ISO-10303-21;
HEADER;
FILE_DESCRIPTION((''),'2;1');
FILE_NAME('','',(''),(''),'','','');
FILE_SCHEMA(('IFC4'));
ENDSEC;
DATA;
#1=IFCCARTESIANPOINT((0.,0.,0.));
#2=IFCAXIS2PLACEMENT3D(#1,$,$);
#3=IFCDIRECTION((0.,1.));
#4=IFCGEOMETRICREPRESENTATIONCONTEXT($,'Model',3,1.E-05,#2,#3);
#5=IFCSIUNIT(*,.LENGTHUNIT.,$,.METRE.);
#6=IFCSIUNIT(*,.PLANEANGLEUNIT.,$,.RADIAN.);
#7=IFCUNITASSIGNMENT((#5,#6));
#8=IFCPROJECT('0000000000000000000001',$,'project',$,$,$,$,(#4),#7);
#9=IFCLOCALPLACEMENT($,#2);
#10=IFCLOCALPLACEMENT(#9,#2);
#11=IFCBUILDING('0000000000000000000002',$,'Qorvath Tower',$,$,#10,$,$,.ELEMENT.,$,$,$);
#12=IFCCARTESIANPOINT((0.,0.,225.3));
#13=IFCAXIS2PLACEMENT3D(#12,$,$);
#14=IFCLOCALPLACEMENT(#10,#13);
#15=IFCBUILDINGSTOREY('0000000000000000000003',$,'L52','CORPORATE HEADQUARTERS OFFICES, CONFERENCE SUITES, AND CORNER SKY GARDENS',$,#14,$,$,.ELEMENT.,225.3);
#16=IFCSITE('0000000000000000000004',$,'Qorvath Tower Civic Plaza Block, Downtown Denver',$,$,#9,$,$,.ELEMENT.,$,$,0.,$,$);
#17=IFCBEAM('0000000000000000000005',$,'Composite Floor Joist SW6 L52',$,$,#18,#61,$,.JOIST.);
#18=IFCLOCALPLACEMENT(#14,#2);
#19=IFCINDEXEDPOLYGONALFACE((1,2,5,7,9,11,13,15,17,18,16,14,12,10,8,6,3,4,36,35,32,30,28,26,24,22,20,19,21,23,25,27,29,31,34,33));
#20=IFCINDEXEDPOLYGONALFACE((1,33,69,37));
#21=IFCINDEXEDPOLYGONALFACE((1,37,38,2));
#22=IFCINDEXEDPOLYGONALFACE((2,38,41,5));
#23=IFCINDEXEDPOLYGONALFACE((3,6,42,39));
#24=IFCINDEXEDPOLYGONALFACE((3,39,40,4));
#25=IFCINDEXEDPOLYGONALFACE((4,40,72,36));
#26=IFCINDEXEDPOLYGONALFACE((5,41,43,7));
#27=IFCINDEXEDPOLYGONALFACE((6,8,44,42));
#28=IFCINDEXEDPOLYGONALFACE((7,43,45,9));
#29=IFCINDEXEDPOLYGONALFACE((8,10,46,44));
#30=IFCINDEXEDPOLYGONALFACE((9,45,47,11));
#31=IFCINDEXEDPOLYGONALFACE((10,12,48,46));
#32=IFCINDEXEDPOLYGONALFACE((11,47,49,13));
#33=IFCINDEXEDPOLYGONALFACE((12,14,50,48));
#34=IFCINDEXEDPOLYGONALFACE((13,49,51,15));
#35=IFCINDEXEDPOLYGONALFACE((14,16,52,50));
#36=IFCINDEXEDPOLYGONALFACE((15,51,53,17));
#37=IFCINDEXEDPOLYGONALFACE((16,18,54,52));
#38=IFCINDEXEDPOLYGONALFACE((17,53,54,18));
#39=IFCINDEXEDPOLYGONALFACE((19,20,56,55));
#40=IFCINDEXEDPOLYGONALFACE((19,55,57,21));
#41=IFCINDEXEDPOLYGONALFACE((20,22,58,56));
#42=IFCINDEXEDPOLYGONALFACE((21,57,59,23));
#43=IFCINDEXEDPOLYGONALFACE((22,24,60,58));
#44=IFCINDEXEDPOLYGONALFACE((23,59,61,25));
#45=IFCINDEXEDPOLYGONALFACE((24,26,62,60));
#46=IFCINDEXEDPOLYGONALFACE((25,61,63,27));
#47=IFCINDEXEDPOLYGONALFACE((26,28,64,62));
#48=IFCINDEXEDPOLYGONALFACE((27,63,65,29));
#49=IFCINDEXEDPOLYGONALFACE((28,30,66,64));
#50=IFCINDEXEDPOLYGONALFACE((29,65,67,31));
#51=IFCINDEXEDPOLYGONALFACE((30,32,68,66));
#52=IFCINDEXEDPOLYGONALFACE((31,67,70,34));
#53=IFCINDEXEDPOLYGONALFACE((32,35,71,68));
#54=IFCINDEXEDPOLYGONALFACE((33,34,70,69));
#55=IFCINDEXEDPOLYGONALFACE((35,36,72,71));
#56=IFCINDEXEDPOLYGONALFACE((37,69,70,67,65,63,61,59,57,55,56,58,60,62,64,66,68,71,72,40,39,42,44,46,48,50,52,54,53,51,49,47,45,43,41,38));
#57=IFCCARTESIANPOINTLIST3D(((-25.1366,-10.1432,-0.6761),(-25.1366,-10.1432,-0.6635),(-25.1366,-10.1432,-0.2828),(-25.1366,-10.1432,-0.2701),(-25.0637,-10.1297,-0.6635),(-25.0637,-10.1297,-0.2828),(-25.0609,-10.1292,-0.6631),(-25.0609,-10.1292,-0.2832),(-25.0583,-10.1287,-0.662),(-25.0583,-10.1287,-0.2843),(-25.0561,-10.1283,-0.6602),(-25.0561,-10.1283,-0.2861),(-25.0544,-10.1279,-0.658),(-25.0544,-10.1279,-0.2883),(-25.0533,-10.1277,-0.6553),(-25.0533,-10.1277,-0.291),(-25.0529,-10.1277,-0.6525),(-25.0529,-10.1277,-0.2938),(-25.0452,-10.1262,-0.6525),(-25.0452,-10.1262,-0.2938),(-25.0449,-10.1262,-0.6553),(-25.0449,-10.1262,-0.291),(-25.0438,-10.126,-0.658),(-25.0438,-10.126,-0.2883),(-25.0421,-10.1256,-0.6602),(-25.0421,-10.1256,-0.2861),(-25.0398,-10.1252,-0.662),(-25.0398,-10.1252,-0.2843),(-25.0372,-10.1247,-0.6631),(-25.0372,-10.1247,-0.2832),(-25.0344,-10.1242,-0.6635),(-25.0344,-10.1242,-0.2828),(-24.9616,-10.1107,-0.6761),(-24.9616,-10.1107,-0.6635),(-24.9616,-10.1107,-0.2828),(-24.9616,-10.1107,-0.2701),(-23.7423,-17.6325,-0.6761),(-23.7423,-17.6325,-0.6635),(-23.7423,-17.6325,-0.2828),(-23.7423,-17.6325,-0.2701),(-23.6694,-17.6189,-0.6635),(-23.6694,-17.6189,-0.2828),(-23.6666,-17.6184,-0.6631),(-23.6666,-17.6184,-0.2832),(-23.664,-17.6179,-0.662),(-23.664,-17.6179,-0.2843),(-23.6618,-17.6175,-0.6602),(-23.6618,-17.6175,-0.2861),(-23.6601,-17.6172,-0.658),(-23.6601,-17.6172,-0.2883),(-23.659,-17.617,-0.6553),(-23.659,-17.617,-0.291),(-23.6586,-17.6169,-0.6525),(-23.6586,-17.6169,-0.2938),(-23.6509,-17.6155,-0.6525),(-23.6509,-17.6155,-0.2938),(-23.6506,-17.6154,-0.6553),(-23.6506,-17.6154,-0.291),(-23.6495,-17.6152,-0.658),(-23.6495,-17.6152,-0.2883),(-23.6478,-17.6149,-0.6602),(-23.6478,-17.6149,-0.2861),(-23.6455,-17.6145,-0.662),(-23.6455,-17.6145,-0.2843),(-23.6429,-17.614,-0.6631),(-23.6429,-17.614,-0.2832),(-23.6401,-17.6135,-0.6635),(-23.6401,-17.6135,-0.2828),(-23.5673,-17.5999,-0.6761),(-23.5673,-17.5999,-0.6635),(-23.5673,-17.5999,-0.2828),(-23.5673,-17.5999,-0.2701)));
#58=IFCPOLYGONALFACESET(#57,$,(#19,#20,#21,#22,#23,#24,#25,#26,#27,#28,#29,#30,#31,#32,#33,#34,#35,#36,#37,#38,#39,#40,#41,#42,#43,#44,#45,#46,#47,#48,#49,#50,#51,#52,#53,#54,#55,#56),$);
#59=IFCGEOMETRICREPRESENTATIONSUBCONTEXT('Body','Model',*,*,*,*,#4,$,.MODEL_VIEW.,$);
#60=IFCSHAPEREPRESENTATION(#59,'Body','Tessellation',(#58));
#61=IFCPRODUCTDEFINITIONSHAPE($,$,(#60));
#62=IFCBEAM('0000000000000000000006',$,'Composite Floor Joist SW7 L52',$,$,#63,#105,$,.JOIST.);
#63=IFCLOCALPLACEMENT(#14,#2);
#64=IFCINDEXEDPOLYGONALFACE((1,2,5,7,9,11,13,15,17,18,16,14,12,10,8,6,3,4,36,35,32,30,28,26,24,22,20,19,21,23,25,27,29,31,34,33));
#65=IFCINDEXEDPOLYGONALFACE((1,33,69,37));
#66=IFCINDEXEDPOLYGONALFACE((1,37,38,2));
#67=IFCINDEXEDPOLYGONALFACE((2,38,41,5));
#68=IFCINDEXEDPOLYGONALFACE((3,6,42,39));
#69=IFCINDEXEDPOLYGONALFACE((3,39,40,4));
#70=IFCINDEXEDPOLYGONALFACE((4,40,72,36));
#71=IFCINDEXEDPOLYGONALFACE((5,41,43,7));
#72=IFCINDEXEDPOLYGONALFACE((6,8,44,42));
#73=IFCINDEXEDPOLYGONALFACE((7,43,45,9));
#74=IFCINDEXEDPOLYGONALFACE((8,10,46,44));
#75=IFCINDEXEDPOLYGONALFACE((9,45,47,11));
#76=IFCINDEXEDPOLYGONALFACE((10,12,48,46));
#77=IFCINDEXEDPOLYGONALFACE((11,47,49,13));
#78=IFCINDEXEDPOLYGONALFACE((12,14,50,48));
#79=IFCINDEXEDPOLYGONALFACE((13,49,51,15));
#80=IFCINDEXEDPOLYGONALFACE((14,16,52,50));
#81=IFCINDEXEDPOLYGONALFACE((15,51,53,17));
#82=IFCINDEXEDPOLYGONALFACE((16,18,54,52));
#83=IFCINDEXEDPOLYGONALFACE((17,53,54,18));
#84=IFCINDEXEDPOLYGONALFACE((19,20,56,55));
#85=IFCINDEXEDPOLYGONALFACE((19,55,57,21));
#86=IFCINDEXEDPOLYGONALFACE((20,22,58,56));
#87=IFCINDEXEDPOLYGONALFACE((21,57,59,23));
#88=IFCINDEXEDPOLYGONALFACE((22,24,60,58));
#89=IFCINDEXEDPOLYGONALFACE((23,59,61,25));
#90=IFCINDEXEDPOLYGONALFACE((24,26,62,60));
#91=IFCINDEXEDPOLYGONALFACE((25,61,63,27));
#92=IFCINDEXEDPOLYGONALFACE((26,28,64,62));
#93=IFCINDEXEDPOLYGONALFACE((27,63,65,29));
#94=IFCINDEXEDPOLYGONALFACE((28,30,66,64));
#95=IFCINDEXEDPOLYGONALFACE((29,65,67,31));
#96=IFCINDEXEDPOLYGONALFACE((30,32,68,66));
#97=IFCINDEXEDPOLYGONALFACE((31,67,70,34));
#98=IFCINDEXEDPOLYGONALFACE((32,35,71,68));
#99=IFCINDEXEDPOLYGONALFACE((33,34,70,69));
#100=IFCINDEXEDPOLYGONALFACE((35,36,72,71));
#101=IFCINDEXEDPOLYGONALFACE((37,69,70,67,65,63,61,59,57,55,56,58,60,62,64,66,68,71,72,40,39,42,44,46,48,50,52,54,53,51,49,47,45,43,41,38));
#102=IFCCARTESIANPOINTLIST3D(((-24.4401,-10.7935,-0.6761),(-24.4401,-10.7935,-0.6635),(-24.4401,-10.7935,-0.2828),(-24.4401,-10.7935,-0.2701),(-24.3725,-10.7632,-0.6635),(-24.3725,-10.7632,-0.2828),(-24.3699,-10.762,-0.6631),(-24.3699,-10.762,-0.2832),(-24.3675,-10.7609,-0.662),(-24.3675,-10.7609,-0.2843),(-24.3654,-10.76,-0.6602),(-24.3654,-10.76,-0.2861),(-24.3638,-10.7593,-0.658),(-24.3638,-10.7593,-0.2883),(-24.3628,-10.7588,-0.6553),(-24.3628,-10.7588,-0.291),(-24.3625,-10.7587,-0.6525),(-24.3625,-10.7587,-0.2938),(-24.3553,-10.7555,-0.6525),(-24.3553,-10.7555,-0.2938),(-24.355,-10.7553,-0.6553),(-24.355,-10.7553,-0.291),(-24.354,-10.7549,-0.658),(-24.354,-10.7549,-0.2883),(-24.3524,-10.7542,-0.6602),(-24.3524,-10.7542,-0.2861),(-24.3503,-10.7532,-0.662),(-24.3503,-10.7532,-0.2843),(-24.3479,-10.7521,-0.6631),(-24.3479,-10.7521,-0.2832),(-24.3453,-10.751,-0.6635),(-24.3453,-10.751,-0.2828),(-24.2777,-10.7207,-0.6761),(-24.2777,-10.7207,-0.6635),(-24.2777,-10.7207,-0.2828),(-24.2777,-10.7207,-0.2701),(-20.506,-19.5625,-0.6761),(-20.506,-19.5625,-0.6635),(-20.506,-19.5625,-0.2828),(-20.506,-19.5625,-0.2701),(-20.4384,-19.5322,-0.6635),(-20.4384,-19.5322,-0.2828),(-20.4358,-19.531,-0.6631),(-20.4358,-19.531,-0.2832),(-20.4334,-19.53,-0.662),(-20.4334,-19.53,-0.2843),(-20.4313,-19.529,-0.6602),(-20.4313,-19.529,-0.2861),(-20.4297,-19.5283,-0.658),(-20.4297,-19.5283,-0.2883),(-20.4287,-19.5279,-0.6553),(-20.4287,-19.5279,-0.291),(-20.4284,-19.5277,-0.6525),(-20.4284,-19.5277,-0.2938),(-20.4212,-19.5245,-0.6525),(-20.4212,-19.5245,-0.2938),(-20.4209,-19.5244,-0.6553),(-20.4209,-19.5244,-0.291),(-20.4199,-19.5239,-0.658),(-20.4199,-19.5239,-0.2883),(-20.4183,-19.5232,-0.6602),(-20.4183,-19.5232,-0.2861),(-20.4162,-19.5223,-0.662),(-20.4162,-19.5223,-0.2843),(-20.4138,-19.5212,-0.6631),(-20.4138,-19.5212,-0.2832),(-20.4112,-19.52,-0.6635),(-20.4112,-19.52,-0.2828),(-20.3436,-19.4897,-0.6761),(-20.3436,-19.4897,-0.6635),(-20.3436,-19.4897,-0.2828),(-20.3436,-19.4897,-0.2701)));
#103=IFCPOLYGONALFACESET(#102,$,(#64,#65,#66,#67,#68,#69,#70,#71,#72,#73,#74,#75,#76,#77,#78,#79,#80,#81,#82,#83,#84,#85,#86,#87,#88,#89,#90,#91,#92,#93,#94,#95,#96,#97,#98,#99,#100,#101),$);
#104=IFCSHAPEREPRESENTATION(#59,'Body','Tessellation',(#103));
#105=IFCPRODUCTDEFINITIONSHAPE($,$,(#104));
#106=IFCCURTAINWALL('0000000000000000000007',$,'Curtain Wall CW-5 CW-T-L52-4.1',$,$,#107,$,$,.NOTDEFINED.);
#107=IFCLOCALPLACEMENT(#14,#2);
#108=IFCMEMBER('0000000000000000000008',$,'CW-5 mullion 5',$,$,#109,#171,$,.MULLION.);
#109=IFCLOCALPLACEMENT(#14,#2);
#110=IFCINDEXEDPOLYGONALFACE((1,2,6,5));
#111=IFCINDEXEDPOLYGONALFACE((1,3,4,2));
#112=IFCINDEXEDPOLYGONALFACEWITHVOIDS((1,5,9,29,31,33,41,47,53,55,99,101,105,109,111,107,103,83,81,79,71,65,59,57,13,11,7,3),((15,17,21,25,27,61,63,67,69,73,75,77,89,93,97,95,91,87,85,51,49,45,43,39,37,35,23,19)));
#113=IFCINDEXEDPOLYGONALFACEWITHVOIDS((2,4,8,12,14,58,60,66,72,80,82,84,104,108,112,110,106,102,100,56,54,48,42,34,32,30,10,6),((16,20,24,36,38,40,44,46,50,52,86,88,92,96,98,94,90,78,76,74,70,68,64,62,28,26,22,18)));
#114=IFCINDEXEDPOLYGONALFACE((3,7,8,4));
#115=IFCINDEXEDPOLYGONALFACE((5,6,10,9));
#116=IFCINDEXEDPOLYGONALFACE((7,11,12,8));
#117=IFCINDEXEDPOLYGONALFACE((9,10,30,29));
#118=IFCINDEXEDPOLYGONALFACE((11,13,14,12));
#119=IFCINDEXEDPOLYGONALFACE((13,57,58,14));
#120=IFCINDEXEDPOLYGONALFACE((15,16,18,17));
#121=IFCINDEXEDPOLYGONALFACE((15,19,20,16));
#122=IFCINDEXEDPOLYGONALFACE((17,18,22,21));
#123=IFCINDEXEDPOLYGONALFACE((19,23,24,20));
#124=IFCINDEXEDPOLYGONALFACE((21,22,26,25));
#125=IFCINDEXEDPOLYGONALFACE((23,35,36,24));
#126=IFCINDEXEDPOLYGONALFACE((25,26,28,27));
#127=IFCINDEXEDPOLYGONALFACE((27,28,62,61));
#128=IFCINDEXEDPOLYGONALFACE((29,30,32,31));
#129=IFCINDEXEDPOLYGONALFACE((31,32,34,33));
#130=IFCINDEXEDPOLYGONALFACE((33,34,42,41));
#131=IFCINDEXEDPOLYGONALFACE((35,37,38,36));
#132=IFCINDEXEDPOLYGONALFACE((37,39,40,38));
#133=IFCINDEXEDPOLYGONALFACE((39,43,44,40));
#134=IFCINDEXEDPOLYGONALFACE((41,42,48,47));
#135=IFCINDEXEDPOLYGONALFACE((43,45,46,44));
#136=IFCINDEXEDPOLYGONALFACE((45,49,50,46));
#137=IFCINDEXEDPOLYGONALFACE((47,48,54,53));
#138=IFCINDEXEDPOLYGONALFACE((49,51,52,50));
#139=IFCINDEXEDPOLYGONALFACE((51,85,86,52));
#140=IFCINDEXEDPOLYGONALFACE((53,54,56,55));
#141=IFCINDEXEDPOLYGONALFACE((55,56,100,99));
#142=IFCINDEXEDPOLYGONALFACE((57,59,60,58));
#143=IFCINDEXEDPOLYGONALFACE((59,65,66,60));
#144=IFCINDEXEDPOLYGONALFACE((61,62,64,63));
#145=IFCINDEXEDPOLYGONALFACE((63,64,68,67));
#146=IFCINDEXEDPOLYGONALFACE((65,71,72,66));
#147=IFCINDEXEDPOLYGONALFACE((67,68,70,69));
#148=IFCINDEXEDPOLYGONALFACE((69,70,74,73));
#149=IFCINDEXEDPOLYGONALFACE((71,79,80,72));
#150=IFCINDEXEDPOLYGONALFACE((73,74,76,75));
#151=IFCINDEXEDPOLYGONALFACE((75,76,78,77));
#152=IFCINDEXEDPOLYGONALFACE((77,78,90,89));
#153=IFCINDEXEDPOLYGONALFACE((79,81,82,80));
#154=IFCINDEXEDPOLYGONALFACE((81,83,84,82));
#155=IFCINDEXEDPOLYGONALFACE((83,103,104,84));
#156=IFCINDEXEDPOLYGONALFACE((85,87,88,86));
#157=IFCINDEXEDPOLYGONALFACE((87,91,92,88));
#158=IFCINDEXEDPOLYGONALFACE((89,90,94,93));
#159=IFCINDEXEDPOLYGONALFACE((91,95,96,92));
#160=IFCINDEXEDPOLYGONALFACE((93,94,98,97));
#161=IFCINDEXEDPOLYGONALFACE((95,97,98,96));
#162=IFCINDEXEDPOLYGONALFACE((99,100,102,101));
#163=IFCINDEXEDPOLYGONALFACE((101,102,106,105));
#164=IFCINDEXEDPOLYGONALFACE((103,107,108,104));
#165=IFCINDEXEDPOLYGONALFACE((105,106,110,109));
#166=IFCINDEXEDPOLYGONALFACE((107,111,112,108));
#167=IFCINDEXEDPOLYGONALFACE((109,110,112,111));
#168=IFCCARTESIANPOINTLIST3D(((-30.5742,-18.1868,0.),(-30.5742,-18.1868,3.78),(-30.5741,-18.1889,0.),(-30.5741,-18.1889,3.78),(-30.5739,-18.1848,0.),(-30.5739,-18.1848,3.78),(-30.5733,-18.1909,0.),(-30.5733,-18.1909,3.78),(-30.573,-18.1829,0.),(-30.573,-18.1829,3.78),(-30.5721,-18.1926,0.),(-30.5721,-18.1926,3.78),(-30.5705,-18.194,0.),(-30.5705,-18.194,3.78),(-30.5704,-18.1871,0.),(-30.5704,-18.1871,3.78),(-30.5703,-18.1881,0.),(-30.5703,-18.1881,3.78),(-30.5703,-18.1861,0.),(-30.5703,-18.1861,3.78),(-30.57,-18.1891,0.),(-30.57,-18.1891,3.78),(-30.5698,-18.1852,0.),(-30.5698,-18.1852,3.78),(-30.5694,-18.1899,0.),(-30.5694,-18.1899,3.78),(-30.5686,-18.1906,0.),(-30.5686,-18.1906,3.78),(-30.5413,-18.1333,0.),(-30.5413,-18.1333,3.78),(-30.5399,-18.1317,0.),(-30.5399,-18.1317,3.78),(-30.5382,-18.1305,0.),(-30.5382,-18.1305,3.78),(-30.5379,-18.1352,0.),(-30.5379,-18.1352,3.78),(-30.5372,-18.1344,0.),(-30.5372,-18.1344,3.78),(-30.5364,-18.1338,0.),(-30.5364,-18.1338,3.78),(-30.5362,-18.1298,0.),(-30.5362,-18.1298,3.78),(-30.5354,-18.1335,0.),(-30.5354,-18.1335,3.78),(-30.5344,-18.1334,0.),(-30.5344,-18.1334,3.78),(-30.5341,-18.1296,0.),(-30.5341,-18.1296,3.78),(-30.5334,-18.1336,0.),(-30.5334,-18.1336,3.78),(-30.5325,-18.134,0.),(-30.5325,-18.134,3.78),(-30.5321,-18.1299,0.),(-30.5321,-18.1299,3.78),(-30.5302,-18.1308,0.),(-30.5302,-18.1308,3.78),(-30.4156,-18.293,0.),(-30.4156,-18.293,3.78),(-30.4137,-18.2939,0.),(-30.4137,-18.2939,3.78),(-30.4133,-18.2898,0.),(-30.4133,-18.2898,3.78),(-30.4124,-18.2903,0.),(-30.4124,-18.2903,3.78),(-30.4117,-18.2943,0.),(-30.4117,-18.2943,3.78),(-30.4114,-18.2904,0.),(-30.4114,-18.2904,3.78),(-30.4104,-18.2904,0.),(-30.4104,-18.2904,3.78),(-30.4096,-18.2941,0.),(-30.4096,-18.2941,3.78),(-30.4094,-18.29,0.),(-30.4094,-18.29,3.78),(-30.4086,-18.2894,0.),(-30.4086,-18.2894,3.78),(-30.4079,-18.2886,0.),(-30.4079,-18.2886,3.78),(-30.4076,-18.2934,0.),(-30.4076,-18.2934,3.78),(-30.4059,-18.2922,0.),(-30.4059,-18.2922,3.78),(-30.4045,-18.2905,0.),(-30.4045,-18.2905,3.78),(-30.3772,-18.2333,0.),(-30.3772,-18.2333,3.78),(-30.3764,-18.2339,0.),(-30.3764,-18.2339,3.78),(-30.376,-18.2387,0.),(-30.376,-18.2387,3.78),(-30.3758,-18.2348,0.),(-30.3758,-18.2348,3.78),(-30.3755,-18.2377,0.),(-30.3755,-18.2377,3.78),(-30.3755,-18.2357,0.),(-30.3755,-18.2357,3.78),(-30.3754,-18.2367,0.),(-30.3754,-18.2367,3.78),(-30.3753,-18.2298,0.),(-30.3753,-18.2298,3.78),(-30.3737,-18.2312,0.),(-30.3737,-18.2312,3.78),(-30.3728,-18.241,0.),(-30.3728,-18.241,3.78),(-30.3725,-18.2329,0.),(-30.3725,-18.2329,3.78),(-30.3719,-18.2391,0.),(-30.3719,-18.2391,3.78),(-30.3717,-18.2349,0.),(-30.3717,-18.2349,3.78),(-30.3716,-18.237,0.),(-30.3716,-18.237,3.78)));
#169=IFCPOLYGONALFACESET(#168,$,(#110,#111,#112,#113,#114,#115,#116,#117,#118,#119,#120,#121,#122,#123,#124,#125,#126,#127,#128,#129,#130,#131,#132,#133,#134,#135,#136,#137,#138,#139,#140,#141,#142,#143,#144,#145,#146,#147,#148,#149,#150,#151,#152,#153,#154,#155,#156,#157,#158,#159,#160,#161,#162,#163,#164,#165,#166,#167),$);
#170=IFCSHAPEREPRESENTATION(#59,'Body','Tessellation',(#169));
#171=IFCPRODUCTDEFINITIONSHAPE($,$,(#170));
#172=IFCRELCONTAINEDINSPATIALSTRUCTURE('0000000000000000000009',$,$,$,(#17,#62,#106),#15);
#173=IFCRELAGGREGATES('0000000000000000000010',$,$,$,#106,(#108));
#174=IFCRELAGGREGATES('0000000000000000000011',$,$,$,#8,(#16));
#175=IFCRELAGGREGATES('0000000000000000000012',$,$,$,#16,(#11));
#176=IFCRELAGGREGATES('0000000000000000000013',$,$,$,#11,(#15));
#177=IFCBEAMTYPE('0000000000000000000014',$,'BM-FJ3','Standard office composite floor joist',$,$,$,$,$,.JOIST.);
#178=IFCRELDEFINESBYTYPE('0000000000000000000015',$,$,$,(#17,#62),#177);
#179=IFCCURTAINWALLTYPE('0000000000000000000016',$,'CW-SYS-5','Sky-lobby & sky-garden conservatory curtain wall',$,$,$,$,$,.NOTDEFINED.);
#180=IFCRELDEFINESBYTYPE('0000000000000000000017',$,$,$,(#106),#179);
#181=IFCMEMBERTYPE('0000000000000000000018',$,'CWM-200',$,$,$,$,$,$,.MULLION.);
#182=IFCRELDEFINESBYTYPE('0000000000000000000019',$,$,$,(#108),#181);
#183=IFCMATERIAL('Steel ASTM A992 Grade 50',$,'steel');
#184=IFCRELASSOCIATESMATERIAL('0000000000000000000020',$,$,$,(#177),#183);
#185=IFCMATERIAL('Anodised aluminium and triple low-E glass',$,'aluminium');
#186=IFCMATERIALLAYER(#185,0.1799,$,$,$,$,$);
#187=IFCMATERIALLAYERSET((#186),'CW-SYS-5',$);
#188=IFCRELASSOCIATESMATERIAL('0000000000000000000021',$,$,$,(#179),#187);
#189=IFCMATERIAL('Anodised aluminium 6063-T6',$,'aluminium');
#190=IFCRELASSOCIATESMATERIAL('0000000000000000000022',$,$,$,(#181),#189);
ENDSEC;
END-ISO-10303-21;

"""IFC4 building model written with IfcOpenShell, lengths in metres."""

from ifc_helpers import new_model, si_unit, direction, frame, origin, origin_2d, place, context, subcontext, project, spatial, hollow_rectangle, i_section, extrude, material, layer, layer_set, material_profile, profile_set, type_object, element, aggregate, save


model = new_model("IFC4")

# Units and contexts
model_context = context("Model", 3, precision=1e-05, world=origin(), true_north=direction((0.0, 1.0)))
body_context = subcontext(model_context, "Body", "Model", "MODEL_VIEW")
ifc_project = project(units=[si_unit("LENGTHUNIT", "METRE"), si_unit("PLANEANGLEUNIT", "RADIAN")], contexts=[model_context])

# Site, building, storey
site_placement = place(None, origin())
site = spatial("IfcSite", under=ifc_project, at=site_placement, Name="Qorvath Tower Civic Plaza Block, Downtown Denver", CompositionType="ELEMENT", RefElevation=0.0)
building_placement = place(site_placement, origin())
building = spatial("IfcBuilding", under=site, at=building_placement, Name="Qorvath Tower", CompositionType="ELEMENT")
storey_placement = place(building_placement, frame((0.0, 0.0, 225.3)))
storey = spatial("IfcBuildingStorey", under=building, at=storey_placement, Name="L52", Description="CORPORATE HEADQUARTERS OFFICES, CONFERENCE SUITES, AND CORNER SKY GARDENS", CompositionType="ELEMENT", Elevation=225.3)

# Beams
ifc_material_1 = material(Name="Steel ASTM A992 Grade 50", Category="steel")
ifc_material_profile_1 = material_profile(ifc_material_1, i_section(OverallWidth=0.178, OverallDepth=0.406, WebThickness=0.0078, FlangeThickness=0.0127, FilletRadius=0.011, at=origin_2d()), Name="W16x40")
ifc_profile_set_1 = profile_set([ifc_material_profile_1], Name="Steel ASTM A992 Grade 50")
beam_type_1 = type_object("IfcBeamType", Name="BM-FJ3", Description="Standard office composite floor joist", PredefinedType="JOIST", material=ifc_profile_set_1)
beam_1_placement = place(storey_placement, frame((-25.0491, -10.127, -0.4731), z_axis=(0.183027, -0.983108, 0.0), x_axis=(0.983108, 0.183027, 0.0)))
element("IfcBeam", 1, at=beam_1_placement, inside=storey, type_object=beam_type_1, Name="Composite Floor Joist SW6 L52", PredefinedType="JOIST", context=body_context, shape_type="SweptSolid", body=[
    extrude(i_section(OverallWidth=0.178, OverallDepth=0.406, WebThickness=0.0078, FlangeThickness=0.0127, FilletRadius=0.011, at=origin_2d()), origin(), (0.0, 0.0, 1.0), 7.6179),
])
beam_2_placement = place(storey_placement, frame((-24.3589, -10.7571, -0.4731), z_axis=(0.409327, -0.912388, 0.0), x_axis=(0.912388, 0.409327, 0.0)))
element("IfcBeam", 2, at=beam_2_placement, inside=storey, type_object=beam_type_1, Name="Composite Floor Joist SW7 L52", PredefinedType="JOIST", context=body_context, shape_type="SweptSolid", body=[
    extrude(i_section(OverallWidth=0.178, OverallDepth=0.406, WebThickness=0.0078, FlangeThickness=0.0127, FilletRadius=0.011, at=origin_2d()), origin(), (0.0, 0.0, 1.0), 9.6111),
])

# Curtain wall, member
ifc_material_2 = material(Name="Anodised aluminium and triple low-E glass", Category="aluminium")
ifc_layer_1 = layer(ifc_material_2, 0.1799)
ifc_layer_set_1 = layer_set([ifc_layer_1], Name="CW-SYS-5")
curtain_wall_type = type_object("IfcCurtainWallType", Name="CW-SYS-5", Description="Sky-lobby & sky-garden conservatory curtain wall", PredefinedType="NOTDEFINED", material=ifc_layer_set_1)
curtain_wall_placement = place(storey_placement, origin())
curtain_wall = element("IfcCurtainWall", 3, at=curtain_wall_placement, inside=storey, type_object=curtain_wall_type, Name="Curtain Wall CW-5 CW-T-L52-4.1", PredefinedType="NOTDEFINED")
ifc_material_3 = material(Name="Anodised aluminium 6063-T6", Category="aluminium")
ifc_material_profile_2 = material_profile(ifc_material_3, hollow_rectangle(XDim=0.075, YDim=0.2, WallThickness=0.0039, InnerFilletRadius=0.0039, OuterFilletRadius=0.0081, at=origin_2d()), Name="CWM 200x75")
ifc_profile_set_2 = profile_set([ifc_material_profile_2], Name="Anodised aluminium 6063-T6")
member_type_1 = type_object("IfcMemberType", Name="CWM-200", PredefinedType="MULLION", material=ifc_profile_set_2)
member_1_placement = place(storey_placement, frame((-30.4729, -18.2119, 0.0), z_axis=(0.0, 0.0, 1.0), x_axis=(0.538529, 0.842607, 0.0)))
member_1 = element("IfcMember", 4, at=member_1_placement, type_object=member_type_1, Name="CW-5 mullion 5", PredefinedType="MULLION", context=body_context, shape_type="SweptSolid", body=[
    extrude(hollow_rectangle(XDim=0.075, YDim=0.2, WallThickness=0.0039, InnerFilletRadius=0.0039, OuterFilletRadius=0.0081, at=origin_2d()), origin(), (0.0, 0.0, 1.0), 3.78),
])
aggregate(curtain_wall, [member_1])

save(model, "model.ifc")
